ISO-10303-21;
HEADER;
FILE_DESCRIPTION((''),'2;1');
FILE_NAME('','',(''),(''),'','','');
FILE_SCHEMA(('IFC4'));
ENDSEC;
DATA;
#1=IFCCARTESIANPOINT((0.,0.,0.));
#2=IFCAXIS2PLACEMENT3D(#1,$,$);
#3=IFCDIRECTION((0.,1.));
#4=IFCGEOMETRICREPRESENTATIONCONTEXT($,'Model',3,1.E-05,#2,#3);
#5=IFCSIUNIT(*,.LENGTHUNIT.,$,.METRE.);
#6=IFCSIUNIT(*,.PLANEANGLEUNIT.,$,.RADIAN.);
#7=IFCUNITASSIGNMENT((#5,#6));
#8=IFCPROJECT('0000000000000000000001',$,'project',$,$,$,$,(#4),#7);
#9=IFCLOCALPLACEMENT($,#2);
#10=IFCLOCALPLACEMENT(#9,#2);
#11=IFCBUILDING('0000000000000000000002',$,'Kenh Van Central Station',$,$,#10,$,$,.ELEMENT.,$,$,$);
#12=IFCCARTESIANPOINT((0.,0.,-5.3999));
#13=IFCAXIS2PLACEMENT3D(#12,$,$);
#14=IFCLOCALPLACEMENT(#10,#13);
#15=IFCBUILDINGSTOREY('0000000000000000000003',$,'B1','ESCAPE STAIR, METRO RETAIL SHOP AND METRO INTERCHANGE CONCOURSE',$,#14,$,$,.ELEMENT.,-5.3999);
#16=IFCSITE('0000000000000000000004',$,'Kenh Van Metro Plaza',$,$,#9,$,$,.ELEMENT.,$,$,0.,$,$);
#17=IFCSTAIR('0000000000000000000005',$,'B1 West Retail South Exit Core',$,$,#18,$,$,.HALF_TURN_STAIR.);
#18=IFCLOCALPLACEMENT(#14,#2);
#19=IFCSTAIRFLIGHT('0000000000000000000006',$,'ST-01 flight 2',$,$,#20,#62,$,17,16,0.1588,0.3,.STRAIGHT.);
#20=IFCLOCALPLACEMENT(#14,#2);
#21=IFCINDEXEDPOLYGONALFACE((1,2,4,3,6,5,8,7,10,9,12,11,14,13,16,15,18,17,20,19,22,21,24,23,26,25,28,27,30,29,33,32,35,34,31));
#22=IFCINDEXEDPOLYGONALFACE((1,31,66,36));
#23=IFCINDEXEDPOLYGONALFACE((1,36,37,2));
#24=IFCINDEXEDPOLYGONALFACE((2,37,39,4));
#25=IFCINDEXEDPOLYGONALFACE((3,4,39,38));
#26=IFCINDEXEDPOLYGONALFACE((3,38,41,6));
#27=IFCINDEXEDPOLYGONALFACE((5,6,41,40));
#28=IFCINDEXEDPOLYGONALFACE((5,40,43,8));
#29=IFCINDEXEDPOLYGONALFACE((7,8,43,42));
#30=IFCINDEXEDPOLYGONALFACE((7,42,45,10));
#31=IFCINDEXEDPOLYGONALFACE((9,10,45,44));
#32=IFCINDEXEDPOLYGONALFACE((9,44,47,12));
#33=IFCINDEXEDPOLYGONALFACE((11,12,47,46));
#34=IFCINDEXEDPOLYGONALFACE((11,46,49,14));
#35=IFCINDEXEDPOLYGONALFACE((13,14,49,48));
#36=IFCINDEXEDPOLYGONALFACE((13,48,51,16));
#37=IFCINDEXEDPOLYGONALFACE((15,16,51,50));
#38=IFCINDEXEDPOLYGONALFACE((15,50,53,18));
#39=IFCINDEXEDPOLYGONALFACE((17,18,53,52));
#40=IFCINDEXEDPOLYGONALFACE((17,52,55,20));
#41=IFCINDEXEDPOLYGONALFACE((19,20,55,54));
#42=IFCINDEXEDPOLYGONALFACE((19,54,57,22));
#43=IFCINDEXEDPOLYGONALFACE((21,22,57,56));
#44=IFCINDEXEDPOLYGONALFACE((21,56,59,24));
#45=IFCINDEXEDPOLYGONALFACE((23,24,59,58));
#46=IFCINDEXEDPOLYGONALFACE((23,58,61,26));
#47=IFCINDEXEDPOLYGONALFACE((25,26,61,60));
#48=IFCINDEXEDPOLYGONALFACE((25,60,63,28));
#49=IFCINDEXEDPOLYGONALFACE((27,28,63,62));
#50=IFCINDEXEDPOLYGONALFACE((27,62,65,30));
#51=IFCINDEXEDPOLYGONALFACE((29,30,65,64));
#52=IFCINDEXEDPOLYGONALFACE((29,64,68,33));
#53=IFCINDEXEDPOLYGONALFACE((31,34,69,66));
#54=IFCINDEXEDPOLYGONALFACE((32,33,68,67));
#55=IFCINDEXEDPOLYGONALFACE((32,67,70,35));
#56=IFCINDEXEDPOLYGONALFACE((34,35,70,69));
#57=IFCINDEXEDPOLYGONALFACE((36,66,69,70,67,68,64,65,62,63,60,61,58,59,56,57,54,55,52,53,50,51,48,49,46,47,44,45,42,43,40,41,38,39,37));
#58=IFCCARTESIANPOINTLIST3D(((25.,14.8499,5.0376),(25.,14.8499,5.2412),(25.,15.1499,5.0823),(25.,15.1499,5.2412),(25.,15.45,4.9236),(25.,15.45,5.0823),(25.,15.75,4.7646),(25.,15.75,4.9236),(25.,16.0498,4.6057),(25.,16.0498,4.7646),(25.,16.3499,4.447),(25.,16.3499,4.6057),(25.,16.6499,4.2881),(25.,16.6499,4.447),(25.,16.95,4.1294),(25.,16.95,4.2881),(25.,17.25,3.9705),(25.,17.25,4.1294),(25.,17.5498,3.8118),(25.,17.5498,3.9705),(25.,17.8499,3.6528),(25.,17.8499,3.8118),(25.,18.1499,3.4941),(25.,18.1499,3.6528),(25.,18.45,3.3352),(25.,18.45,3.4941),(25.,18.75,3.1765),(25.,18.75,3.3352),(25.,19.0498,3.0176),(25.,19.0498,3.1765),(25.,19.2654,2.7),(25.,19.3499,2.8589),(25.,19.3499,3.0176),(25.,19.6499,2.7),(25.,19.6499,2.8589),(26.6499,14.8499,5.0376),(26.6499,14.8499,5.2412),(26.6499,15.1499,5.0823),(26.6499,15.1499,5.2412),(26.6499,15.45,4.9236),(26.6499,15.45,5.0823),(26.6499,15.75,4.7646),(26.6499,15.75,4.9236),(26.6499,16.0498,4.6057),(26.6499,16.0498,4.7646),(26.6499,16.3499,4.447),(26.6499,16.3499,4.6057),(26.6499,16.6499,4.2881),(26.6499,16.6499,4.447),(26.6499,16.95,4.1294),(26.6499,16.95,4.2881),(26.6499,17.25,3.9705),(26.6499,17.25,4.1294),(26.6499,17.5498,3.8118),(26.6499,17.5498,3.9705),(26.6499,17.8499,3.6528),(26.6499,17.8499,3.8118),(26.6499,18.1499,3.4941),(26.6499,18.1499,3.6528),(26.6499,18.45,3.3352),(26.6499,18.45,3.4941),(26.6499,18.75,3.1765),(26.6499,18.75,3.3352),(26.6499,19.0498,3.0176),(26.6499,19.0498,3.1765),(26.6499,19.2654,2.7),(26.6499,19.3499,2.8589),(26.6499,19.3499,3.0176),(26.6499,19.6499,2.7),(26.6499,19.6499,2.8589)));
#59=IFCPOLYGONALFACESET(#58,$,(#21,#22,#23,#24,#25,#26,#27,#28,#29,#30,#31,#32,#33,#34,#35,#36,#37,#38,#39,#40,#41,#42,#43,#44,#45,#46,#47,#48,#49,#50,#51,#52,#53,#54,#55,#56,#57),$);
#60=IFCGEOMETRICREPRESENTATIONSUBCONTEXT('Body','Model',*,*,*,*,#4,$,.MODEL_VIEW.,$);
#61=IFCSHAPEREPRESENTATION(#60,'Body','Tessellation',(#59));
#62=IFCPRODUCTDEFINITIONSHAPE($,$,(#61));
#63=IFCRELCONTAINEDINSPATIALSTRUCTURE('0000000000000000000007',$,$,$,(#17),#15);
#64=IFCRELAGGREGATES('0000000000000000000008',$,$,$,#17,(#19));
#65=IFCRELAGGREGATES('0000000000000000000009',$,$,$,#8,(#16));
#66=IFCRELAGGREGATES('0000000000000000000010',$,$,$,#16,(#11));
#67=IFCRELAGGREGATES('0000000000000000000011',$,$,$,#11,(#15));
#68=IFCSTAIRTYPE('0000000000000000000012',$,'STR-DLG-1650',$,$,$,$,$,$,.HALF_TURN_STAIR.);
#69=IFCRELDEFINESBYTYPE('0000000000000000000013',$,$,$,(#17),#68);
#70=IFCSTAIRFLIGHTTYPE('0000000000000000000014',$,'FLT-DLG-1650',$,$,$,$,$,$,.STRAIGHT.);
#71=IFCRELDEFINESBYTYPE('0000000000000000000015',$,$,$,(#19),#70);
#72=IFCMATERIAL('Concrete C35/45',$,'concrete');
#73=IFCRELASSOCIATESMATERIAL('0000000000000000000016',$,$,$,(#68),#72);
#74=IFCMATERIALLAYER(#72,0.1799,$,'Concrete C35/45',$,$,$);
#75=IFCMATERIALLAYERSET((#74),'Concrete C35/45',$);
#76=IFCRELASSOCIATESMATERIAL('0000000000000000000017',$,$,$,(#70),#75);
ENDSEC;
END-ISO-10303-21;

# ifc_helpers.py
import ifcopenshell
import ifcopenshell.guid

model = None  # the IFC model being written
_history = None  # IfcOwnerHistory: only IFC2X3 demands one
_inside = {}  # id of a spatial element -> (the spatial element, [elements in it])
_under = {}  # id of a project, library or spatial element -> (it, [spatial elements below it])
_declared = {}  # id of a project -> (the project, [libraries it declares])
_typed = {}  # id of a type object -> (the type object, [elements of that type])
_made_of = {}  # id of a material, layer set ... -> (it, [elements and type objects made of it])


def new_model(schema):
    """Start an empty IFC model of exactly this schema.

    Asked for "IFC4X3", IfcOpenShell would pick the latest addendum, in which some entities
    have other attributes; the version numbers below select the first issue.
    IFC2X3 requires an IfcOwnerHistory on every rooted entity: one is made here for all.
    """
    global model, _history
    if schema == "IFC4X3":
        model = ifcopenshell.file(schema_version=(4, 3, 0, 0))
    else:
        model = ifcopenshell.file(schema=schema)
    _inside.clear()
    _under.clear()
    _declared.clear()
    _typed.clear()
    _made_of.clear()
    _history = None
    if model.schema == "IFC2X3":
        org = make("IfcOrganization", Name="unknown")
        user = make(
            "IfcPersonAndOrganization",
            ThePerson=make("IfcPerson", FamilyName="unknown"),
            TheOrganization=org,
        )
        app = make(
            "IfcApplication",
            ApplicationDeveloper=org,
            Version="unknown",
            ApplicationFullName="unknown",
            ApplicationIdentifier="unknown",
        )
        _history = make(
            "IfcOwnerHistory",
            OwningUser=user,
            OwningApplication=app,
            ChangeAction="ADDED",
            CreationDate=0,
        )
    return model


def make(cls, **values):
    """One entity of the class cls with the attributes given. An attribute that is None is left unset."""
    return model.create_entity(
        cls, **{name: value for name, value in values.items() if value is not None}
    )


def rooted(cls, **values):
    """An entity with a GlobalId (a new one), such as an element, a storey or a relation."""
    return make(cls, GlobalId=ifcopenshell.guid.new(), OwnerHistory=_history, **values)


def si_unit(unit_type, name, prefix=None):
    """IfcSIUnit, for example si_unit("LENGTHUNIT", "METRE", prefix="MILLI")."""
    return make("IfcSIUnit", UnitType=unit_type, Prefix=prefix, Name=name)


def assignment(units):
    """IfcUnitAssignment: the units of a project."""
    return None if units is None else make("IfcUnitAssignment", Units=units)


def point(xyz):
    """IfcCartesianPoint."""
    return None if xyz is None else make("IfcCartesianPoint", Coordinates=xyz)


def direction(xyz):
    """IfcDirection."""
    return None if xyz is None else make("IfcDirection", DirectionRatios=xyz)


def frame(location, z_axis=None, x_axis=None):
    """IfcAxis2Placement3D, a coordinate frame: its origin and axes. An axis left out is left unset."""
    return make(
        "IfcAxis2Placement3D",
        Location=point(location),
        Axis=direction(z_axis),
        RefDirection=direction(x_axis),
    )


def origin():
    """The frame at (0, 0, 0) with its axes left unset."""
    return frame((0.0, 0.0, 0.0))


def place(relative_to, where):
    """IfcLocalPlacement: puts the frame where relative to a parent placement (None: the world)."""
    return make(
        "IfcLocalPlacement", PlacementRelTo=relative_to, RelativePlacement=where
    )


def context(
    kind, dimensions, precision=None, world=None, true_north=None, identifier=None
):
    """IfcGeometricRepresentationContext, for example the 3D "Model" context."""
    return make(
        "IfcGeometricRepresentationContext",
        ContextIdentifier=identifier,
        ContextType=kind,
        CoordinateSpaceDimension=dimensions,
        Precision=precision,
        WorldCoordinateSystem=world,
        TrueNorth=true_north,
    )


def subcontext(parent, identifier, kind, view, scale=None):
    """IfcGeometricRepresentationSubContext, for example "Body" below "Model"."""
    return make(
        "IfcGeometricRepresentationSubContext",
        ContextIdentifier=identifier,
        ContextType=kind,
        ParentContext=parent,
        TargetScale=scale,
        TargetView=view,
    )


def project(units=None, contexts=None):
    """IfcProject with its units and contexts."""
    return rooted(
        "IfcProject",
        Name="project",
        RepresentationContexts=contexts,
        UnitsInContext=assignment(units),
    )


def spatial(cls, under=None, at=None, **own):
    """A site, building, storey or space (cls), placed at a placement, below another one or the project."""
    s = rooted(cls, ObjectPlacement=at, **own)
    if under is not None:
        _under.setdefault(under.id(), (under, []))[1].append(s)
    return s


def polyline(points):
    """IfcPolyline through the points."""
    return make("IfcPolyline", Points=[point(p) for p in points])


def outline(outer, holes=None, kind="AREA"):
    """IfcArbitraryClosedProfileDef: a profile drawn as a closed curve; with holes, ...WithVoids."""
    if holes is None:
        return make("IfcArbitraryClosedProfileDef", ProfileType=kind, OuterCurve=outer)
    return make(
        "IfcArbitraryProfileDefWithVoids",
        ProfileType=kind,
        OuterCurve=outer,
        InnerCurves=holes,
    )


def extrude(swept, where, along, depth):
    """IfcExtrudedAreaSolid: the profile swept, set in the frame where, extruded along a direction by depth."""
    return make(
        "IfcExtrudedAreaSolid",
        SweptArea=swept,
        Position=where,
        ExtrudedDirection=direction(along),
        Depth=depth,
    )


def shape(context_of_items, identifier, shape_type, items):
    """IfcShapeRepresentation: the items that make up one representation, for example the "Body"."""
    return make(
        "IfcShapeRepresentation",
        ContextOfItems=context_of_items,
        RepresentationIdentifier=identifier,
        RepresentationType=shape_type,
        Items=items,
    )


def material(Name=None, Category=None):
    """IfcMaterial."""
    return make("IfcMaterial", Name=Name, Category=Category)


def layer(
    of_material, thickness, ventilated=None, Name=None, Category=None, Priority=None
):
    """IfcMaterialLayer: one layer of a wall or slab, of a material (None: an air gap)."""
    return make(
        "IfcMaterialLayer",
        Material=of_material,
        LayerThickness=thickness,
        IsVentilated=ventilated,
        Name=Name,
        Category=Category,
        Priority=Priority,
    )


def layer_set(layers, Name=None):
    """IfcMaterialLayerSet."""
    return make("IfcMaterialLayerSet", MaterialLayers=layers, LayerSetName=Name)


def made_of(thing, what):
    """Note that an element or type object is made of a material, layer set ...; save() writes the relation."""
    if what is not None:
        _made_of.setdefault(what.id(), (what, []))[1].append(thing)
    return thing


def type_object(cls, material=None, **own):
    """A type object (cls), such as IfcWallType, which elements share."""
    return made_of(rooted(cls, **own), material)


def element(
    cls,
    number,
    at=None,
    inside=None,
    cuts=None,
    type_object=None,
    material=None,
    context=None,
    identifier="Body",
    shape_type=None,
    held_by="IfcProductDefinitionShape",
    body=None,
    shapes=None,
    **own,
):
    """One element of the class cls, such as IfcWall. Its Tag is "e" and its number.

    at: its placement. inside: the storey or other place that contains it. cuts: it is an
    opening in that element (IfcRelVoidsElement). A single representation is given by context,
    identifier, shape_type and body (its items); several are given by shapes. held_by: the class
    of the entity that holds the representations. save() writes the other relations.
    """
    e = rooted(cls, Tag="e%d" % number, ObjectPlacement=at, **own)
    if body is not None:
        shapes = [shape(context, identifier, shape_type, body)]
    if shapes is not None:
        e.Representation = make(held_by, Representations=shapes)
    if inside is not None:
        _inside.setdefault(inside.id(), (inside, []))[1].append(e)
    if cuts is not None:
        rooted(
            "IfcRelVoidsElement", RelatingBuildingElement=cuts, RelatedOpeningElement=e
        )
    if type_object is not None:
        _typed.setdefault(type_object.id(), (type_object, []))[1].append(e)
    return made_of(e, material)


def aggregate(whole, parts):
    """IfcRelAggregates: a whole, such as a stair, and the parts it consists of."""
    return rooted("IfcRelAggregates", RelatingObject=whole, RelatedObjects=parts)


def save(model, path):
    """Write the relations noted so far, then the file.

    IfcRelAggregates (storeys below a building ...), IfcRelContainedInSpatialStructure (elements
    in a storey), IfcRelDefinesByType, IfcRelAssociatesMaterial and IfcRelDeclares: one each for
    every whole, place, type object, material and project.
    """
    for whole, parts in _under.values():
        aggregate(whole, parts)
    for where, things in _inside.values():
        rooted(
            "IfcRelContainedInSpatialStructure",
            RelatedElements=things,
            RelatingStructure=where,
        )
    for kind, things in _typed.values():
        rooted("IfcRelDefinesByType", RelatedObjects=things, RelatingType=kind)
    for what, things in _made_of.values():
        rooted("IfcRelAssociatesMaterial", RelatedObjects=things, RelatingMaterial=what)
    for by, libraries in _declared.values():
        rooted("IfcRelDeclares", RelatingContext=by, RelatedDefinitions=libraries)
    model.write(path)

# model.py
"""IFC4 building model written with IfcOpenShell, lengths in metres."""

from ifc_helpers import new_model, si_unit, direction, frame, origin, place, context, subcontext, project, spatial, polyline, outline, extrude, material, layer, layer_set, type_object, element, aggregate, save


model = new_model("IFC4")

# Units and contexts
model_context = context("Model", 3, precision=1e-05, world=origin(), true_north=direction((0.0, 1.0)))
body_context = subcontext(model_context, "Body", "Model", "MODEL_VIEW")
ifc_project = project(units=[si_unit("LENGTHUNIT", "METRE"), si_unit("PLANEANGLEUNIT", "RADIAN")], contexts=[model_context])

# Site, building, storey
site_placement = place(None, origin())
site = spatial("IfcSite", under=ifc_project, at=site_placement, Name="Kenh Van Metro Plaza", CompositionType="ELEMENT", RefElevation=0.0)
building_placement = place(site_placement, origin())
building = spatial("IfcBuilding", under=site, at=building_placement, Name="Kenh Van Central Station", CompositionType="ELEMENT")
storey_placement = place(building_placement, frame((0.0, 0.0, -5.3999)))
storey = spatial("IfcBuildingStorey", under=building, at=storey_placement, Name="B1", Description="ESCAPE STAIR, METRO RETAIL SHOP AND METRO INTERCHANGE CONCOURSE", CompositionType="ELEMENT", Elevation=-5.3999)

# Shared definitions
ifc_material_1 = material(Name="Concrete C35/45", Category="concrete")

# Stair, stair flight
stair_type = type_object("IfcStairType", Name="STR-DLG-1650", PredefinedType="HALF_TURN_STAIR", material=ifc_material_1)
stair_placement = place(storey_placement, origin())
stair = element("IfcStair", 1, at=stair_placement, inside=storey, type_object=stair_type, Name="B1 West Retail South Exit Core", PredefinedType="HALF_TURN_STAIR")
ifc_layer_1 = layer(ifc_material_1, 0.1799, Name="Concrete C35/45")
ifc_layer_set_1 = layer_set([ifc_layer_1], Name="Concrete C35/45")
stair_flight_type = type_object("IfcStairFlightType", Name="FLT-DLG-1650", PredefinedType="STRAIGHT", material=ifc_layer_set_1)
stair_flight_1_placement = place(storey_placement, frame((25.825, 19.6499, 2.7), z_axis=(0.0, 0.0, 1.0), x_axis=(0.0, -1.0, 0.0)))
stair_flight_1 = element("IfcStairFlight", 2, at=stair_flight_1_placement, type_object=stair_flight_type, Name="ST-01 flight 2", NumberOfRisers=17, NumberOfTreads=16, PredefinedType="STRAIGHT", RiserHeight=0.1588, TreadLength=0.3, context=body_context, shape_type="SweptSolid", body=[
    extrude(outline(polyline([(0.0, 0.0), (0.0, 0.1589), (0.3, 0.1589), (0.3, 0.3176), (0.6001, 0.3176), (0.6001, 0.4766), (0.8999, 0.4766), (0.8999, 0.6353), (1.2, 0.6353), (1.2, 0.7942), (1.5, 0.7942), (1.5, 0.9529), (1.8, 0.9529), (1.8, 1.1118), (2.1001, 1.1118), (2.1001, 1.2705), (2.3999, 1.2705), (2.3999, 1.4294), (2.7, 1.4294), (2.7, 1.5881), (3.0, 1.5881), (3.0, 1.7471), (3.3, 1.7471), (3.3, 1.9058), (3.6001, 1.9058), (3.6001, 2.0647), (3.8999, 2.0647), (3.8999, 2.2236), (4.2, 2.2236), (4.2, 2.3823), (4.5, 2.3823), (4.5, 2.5413), (4.8, 2.5413), (4.8, 2.7), (4.8, 2.3376), (0.3845, 0.0), (0.0, 0.0)])), frame((0.0, 0.825, 0.0), z_axis=(0.0, -1.0, 0.0), x_axis=(1.0, 0.0, 0.0)), (0.0, 0.0, 1.0), 1.6499),
])
aggregate(stair, [stair_flight_1])

save(model, "model.ifc")
